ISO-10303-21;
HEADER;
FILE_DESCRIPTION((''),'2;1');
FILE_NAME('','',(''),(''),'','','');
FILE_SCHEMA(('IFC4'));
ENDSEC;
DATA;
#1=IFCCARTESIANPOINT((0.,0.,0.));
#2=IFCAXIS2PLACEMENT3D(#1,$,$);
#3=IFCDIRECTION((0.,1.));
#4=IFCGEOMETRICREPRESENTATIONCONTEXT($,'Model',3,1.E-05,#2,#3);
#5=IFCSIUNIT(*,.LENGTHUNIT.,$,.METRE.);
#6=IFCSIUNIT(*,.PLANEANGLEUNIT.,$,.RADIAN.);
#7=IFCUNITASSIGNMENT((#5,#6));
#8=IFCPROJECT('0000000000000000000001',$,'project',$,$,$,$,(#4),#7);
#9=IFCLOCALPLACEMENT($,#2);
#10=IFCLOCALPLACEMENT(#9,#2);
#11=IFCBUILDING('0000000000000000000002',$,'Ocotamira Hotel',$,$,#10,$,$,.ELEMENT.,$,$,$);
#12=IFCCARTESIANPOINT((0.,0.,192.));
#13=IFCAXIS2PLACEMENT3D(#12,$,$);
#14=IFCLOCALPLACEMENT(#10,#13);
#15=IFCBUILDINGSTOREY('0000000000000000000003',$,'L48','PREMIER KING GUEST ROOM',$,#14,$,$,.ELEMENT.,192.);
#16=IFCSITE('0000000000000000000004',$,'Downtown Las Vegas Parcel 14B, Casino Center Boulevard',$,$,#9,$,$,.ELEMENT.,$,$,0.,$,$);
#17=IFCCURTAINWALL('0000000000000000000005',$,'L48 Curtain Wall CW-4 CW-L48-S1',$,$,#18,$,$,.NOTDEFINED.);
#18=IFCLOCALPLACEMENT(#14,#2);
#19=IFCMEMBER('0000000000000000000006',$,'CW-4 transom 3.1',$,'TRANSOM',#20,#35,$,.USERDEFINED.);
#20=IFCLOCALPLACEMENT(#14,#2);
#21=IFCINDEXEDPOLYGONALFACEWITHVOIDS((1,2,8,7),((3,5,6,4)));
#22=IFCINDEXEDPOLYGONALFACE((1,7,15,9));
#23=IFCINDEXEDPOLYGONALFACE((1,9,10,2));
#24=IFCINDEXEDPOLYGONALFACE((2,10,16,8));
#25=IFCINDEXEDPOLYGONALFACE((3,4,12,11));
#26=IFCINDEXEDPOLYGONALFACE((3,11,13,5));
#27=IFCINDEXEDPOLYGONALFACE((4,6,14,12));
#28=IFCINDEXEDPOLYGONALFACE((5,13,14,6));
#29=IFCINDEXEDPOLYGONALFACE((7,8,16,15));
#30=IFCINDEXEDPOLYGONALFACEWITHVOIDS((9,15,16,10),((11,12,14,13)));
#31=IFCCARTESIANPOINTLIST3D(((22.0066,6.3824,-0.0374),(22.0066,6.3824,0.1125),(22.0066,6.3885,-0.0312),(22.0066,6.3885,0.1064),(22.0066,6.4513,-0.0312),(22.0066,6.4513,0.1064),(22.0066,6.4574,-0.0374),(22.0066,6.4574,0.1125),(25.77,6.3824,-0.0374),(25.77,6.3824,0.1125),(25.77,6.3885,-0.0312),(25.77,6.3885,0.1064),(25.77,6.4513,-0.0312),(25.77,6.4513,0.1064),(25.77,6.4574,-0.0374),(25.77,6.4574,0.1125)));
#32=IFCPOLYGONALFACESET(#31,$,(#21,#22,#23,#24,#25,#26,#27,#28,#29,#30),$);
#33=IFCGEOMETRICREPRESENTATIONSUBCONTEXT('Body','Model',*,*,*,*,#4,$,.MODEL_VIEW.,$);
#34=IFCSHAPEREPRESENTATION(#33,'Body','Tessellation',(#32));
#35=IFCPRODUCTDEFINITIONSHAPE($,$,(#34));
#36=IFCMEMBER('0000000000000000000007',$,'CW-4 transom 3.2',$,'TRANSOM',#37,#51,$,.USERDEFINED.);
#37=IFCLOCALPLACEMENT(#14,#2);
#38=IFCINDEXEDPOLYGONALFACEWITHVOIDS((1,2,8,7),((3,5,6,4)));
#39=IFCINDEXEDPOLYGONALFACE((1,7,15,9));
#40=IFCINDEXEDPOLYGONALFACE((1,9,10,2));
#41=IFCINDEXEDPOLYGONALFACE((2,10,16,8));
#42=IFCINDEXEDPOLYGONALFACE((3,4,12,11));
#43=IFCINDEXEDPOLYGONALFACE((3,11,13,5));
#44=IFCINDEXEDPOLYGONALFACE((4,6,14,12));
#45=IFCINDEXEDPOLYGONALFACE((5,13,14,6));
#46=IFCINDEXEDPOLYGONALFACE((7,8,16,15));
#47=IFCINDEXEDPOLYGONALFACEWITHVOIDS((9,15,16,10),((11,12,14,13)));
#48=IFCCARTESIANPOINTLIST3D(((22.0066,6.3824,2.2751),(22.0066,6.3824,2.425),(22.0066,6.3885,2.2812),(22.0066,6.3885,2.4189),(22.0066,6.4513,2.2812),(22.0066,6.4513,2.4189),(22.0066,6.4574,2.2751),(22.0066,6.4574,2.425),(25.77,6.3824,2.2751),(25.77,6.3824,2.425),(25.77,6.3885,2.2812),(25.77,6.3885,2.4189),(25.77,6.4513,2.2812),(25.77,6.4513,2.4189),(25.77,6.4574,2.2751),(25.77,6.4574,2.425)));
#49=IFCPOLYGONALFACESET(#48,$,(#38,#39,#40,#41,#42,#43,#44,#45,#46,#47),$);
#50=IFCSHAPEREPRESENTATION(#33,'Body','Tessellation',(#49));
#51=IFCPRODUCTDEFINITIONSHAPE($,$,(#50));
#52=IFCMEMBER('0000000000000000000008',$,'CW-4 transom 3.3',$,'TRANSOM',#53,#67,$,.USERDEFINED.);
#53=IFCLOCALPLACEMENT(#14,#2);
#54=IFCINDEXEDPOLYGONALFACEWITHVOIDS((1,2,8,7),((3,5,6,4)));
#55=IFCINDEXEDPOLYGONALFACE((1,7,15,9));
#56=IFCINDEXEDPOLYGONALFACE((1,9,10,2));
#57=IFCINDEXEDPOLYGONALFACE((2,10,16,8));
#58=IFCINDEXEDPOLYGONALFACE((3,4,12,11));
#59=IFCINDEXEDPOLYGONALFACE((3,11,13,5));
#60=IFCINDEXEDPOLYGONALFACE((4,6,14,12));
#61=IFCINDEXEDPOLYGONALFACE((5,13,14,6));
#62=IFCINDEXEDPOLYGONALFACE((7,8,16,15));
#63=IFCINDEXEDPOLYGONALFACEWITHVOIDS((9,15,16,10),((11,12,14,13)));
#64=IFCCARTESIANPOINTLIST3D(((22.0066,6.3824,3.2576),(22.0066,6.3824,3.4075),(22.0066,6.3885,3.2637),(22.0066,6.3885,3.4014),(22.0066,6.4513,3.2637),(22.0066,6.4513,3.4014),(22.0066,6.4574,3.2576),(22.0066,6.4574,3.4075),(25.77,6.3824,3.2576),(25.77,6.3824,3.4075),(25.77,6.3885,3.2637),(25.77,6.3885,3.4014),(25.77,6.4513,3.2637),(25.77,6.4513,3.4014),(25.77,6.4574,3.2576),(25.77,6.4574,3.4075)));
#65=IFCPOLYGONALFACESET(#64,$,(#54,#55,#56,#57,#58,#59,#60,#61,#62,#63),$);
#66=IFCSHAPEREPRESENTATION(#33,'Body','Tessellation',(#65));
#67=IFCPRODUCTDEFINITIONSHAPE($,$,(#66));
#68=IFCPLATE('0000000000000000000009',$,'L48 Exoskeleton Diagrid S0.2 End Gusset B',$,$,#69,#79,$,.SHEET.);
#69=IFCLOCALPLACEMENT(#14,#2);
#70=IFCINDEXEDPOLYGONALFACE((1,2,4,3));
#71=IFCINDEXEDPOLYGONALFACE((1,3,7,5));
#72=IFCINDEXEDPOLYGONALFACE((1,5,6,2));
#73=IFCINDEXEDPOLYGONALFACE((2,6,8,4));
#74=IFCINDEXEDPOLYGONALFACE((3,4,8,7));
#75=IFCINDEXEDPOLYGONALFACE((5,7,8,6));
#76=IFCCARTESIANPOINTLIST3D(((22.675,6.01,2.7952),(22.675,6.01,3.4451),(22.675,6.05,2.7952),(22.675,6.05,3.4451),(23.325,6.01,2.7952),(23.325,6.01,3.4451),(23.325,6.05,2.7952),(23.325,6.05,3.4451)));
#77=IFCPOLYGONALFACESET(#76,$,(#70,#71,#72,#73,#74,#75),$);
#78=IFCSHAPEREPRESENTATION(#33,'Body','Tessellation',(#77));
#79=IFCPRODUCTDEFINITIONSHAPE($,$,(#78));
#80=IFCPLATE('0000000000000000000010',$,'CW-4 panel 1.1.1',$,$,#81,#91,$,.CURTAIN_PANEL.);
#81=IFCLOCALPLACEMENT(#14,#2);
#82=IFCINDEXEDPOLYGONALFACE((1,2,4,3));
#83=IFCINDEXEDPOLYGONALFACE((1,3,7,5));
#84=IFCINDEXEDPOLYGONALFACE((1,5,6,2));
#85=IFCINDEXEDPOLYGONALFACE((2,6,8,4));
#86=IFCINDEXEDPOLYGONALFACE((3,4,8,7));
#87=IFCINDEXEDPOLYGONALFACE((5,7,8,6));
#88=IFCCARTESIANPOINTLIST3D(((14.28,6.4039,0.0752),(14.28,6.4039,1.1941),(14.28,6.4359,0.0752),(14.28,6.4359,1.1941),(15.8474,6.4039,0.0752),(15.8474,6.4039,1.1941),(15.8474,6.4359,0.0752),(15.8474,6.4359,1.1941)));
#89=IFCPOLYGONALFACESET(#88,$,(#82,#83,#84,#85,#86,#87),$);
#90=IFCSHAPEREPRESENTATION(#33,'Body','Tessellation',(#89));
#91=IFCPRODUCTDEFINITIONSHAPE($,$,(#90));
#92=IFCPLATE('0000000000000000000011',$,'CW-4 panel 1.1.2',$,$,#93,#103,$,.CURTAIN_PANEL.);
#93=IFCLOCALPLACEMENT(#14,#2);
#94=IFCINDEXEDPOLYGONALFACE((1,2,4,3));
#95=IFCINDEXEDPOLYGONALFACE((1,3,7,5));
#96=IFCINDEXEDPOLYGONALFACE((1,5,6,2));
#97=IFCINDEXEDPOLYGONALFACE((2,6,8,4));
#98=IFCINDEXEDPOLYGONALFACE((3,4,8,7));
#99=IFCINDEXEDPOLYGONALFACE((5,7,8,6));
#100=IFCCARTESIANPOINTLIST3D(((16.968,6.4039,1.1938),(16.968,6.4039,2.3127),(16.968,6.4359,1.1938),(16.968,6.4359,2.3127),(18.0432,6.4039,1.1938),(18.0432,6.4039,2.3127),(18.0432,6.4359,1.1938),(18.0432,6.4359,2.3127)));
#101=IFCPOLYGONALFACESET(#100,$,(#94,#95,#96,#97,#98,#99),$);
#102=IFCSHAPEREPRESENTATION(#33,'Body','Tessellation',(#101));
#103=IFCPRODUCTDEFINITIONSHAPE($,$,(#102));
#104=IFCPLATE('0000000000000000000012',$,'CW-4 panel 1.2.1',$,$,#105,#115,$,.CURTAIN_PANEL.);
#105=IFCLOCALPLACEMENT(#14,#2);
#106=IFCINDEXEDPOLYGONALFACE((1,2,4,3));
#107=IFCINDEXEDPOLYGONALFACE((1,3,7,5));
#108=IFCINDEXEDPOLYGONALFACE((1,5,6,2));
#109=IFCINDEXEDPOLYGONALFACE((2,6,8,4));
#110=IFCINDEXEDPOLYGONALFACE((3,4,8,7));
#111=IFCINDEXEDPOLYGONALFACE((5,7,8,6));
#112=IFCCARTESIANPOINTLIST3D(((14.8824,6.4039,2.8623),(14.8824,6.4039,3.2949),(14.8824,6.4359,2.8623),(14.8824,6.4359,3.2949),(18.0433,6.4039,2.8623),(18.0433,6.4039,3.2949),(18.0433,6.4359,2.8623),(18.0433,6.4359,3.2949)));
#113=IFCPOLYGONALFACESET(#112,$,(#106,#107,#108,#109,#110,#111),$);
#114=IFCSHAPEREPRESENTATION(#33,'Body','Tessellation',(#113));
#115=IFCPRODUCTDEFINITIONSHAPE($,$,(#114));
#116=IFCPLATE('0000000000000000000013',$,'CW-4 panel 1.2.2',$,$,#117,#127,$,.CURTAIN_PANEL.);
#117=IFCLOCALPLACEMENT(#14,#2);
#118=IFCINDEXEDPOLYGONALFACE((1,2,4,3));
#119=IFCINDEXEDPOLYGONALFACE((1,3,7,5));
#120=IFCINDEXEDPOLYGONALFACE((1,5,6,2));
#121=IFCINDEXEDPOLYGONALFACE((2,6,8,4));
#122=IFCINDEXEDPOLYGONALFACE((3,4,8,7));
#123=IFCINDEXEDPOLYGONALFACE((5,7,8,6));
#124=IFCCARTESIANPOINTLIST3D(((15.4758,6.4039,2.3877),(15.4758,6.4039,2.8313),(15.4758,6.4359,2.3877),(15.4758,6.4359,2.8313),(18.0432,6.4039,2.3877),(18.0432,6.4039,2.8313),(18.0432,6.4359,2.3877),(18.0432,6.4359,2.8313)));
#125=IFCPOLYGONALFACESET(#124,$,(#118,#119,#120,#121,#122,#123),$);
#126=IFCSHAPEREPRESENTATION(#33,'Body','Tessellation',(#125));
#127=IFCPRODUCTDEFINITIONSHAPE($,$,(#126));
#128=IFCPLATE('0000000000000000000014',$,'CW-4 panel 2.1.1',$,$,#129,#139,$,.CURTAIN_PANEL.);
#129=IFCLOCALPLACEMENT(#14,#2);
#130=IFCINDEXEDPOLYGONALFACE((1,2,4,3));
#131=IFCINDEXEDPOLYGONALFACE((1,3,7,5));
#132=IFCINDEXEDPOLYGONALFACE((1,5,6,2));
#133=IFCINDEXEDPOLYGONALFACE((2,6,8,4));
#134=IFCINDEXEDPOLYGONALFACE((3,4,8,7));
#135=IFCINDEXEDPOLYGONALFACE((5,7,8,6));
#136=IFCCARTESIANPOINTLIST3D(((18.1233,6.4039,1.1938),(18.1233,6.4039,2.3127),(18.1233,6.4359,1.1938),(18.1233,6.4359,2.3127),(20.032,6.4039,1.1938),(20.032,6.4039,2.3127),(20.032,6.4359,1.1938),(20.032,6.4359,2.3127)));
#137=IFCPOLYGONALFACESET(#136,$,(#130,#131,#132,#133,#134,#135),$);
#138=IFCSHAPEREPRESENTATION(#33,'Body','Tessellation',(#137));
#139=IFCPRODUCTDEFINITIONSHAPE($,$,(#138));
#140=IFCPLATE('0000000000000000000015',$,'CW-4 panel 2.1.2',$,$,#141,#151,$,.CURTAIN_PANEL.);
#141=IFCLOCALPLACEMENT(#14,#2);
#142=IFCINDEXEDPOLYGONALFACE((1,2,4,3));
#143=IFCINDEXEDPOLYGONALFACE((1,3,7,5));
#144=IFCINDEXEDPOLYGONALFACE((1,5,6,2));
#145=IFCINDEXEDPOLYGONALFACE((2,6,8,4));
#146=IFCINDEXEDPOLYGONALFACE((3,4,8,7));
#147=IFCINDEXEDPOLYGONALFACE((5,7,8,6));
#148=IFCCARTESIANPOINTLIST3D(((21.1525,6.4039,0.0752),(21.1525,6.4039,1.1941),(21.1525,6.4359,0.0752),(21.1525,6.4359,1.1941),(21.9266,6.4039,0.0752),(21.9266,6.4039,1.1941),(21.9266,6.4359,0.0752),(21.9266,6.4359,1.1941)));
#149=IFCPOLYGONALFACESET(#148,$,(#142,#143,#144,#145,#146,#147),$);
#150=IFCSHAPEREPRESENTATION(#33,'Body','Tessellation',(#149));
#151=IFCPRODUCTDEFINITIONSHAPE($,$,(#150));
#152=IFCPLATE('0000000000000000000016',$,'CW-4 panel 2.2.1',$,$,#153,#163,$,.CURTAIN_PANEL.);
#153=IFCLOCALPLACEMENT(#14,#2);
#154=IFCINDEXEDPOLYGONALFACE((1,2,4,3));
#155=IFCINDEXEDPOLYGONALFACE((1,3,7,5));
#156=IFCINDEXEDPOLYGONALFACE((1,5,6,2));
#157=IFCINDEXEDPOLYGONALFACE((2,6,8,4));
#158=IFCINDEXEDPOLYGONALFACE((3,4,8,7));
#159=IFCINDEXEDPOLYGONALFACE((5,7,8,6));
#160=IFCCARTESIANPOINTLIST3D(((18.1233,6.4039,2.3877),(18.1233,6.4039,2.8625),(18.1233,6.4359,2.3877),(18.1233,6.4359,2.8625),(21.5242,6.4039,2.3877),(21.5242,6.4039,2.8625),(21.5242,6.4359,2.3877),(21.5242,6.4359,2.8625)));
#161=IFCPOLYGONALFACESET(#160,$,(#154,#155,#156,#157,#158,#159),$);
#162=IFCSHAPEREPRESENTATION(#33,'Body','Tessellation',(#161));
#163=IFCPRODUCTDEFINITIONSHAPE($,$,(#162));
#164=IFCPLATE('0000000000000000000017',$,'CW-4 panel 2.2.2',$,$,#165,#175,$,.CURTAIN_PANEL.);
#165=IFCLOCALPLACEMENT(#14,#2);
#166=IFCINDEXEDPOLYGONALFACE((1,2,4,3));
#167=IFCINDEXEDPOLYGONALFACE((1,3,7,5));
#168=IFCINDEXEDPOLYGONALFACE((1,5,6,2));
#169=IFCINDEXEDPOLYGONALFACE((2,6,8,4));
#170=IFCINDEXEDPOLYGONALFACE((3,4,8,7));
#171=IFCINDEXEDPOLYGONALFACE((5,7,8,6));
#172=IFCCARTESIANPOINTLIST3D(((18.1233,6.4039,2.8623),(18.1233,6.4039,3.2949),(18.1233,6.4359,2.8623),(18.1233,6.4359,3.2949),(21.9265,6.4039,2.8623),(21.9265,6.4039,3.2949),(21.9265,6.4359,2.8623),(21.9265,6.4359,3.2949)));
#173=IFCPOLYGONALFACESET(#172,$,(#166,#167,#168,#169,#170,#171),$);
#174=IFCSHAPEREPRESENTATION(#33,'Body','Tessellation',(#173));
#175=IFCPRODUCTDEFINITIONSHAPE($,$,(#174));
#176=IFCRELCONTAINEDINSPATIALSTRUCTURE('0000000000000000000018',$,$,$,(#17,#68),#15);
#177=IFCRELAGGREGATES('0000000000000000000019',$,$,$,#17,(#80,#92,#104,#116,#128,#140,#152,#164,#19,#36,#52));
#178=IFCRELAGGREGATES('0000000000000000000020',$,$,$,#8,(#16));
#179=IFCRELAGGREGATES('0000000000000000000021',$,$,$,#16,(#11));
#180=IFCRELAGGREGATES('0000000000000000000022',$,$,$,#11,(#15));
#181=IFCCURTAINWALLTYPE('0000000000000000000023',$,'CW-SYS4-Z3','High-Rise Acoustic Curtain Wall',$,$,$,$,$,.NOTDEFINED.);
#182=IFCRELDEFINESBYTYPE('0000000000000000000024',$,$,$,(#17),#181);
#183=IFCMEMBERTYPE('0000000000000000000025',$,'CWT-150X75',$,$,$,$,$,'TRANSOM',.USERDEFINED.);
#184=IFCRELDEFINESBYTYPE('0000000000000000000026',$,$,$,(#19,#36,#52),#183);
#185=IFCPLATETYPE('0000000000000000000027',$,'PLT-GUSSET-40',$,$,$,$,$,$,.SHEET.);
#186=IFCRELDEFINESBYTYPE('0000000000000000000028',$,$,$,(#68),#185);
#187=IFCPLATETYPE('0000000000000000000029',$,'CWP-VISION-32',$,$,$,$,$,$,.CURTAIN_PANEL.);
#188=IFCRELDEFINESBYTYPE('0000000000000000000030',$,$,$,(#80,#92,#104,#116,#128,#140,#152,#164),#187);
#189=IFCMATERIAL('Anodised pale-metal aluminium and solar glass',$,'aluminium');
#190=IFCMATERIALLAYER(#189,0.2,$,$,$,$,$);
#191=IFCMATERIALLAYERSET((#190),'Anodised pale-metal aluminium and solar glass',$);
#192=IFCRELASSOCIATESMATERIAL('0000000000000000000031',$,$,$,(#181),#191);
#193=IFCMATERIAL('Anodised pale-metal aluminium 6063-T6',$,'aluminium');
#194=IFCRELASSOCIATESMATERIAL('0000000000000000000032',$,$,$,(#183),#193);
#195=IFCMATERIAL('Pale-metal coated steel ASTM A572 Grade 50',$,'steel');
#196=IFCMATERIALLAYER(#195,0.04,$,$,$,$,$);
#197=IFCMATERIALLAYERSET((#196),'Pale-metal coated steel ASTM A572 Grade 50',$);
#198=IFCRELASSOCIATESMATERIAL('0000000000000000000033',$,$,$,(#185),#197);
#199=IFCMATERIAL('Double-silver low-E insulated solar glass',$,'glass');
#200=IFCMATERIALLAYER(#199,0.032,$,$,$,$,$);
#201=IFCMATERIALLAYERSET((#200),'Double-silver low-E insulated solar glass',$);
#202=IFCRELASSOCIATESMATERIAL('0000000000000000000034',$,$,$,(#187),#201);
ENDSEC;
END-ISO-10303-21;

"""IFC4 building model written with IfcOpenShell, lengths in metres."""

from ifc_helpers import new_model, si_unit, direction, frame, origin, origin_2d, place, context, subcontext, project, spatial, rectangle, hollow_rectangle, extrude, source, transform, mapped, material, layer, layer_set, material_profile, profile_set, type_object, element, aggregate, save


model = new_model("IFC4")

# Units and contexts
model_context = context("Model", 3, precision=1e-05, world=origin(), true_north=direction((0.0, 1.0)))
body_context = subcontext(model_context, "Body", "Model", "MODEL_VIEW")
ifc_project = project(units=[si_unit("LENGTHUNIT", "METRE"), si_unit("PLANEANGLEUNIT", "RADIAN")], contexts=[model_context])

# Site, building, storey
site_placement = place(None, origin())
site = spatial("IfcSite", under=ifc_project, at=site_placement, Name="Downtown Las Vegas Parcel 14B, Casino Center Boulevard", CompositionType="ELEMENT", RefElevation=0.0)
building_placement = place(site_placement, origin())
building = spatial("IfcBuilding", under=site, at=building_placement, Name="Ocotamira Hotel", CompositionType="ELEMENT")
storey_placement = place(building_placement, frame((0.0, 0.0, 192.0)))
storey = spatial("IfcBuildingStorey", under=building, at=storey_placement, Name="L48", Description="PREMIER KING GUEST ROOM", CompositionType="ELEMENT", Elevation=192.0)

# Curtain wall, members
ifc_material_1 = material(Name="Anodised pale-metal aluminium and solar glass", Category="aluminium")
ifc_layer_1 = layer(ifc_material_1, 0.2)
ifc_layer_set_1 = layer_set([ifc_layer_1], Name="Anodised pale-metal aluminium and solar glass")
curtain_wall_type = type_object("IfcCurtainWallType", Name="CW-SYS4-Z3", Description="High-Rise Acoustic Curtain Wall", PredefinedType="NOTDEFINED", material=ifc_layer_set_1)
curtain_wall_placement = place(storey_placement, origin())
curtain_wall = element("IfcCurtainWall", 1, at=curtain_wall_placement, inside=storey, type_object=curtain_wall_type, Name="L48 Curtain Wall CW-4 CW-L48-S1", PredefinedType="NOTDEFINED")
ifc_material_2 = material(Name="Anodised pale-metal aluminium 6063-T6", Category="aluminium")
ifc_material_profile_1 = material_profile(ifc_material_2, hollow_rectangle(XDim=0.075, YDim=0.1499, WallThickness=0.0061, at=origin_2d()), Name="HSS150X75X6")
ifc_profile_set_1 = profile_set([ifc_material_profile_1], Name="Anodised pale-metal aluminium 6063-T6")
member_type_1 = type_object("IfcMemberType", Name="CWT-150X75", ElementType="TRANSOM", PredefinedType="USERDEFINED", material=ifc_profile_set_1)
shared_shape_1 = source(origin(), body_context, "Body", "SweptSolid", [
    extrude(hollow_rectangle(XDim=0.075, YDim=0.1499, WallThickness=0.0061, at=origin_2d()), origin(), (0.0, 0.0, 1.0), 3.7634),
])
member_1_placement = place(storey_placement, frame((22.0066, 6.4199, 0.0376), z_axis=(1.0, 0.0, 0.0), x_axis=(0.0, 1.0, 0.0)))
member_1 = element("IfcMember", 2, at=member_1_placement, type_object=member_type_1, Name="CW-4 transom 3.1", ObjectType="TRANSOM", PredefinedType="USERDEFINED", context=body_context, shape_type="MappedRepresentation", body=[
    mapped(shared_shape_1, transform((0.0, 0.0, 0.0), scale=1.0)),
])
member_2_placement = place(storey_placement, frame((22.0066, 6.4199, 2.3501), z_axis=(1.0, 0.0, 0.0), x_axis=(0.0, 1.0, 0.0)))
member_2 = element("IfcMember", 3, at=member_2_placement, type_object=member_type_1, Name="CW-4 transom 3.2", ObjectType="TRANSOM", PredefinedType="USERDEFINED", context=body_context, shape_type="MappedRepresentation", body=[
    mapped(shared_shape_1, transform((0.0, 0.0, 0.0), scale=1.0)),
])
member_3_placement = place(storey_placement, frame((22.0066, 6.4199, 3.3325), z_axis=(1.0, 0.0, 0.0), x_axis=(0.0, 1.0, 0.0)))
member_3 = element("IfcMember", 4, at=member_3_placement, type_object=member_type_1, Name="CW-4 transom 3.3", ObjectType="TRANSOM", PredefinedType="USERDEFINED", context=body_context, shape_type="MappedRepresentation", body=[
    mapped(shared_shape_1, transform((0.0, 0.0, 0.0), scale=1.0)),
])

# Plates
ifc_material_3 = material(Name="Pale-metal coated steel ASTM A572 Grade 50", Category="steel")
ifc_layer_2 = layer(ifc_material_3, 0.04)
ifc_layer_set_2 = layer_set([ifc_layer_2], Name="Pale-metal coated steel ASTM A572 Grade 50")
plate_type_1 = type_object("IfcPlateType", Name="PLT-GUSSET-40", PredefinedType="SHEET", material=ifc_layer_set_2)
shared_shape_2 = source(origin(), body_context, "Body", "SweptSolid", [
    extrude(rectangle(XDim=0.6499, YDim=0.04, at=origin_2d()), origin(), (0.0, 0.0, 1.0), 0.6499),
])
plate_1_placement = place(storey_placement, frame((23.0, 6.03, 2.7952), z_axis=(0.0, 0.0, 1.0), x_axis=(1.0, 0.0, 0.0)))
element("IfcPlate", 5, at=plate_1_placement, inside=storey, type_object=plate_type_1, Name="L48 Exoskeleton Diagrid S0.2 End Gusset B", PredefinedType="SHEET", context=body_context, shape_type="MappedRepresentation", body=[
    mapped(shared_shape_2, transform((0.0, 0.0, 0.0), scale=1.0)),
])
ifc_material_4 = material(Name="Double-silver low-E insulated solar glass", Category="glass")
ifc_layer_3 = layer(ifc_material_4, 0.032)
ifc_layer_set_3 = layer_set([ifc_layer_3], Name="Double-silver low-E insulated solar glass")
plate_type_2 = type_object("IfcPlateType", Name="CWP-VISION-32", PredefinedType="CURTAIN_PANEL", material=ifc_layer_set_3)
shared_shape_3 = source(origin(), body_context, "Body", "SweptSolid", [
    extrude(rectangle(XDim=1.5674, YDim=0.032, at=origin_2d()), origin(), (0.0, 0.0, 1.0), 1.1189),
])
plate_2_placement = place(storey_placement, frame((15.0637, 6.4199, 0.0752), z_axis=(0.0, 0.0, 1.0), x_axis=(1.0, 0.0, 0.0)))
plate_2 = element("IfcPlate", 6, at=plate_2_placement, type_object=plate_type_2, Name="CW-4 panel 1.1.1", PredefinedType="CURTAIN_PANEL", context=body_context, shape_type="MappedRepresentation", body=[
    mapped(shared_shape_3, transform((0.0, 0.0, 0.0), scale=1.0)),
])
shared_shape_4 = source(origin(), body_context, "Body", "SweptSolid", [
    extrude(rectangle(XDim=1.0752, YDim=0.032, at=origin_2d()), origin(), (0.0, 0.0, 1.0), 1.1189),
])
plate_3_placement = place(storey_placement, frame((17.5056, 6.4199, 1.1938), z_axis=(0.0, 0.0, 1.0), x_axis=(1.0, 0.0, 0.0)))
plate_3 = element("IfcPlate", 7, at=plate_3_placement, type_object=plate_type_2, Name="CW-4 panel 1.1.2", PredefinedType="CURTAIN_PANEL", context=body_context, shape_type="MappedRepresentation", body=[
    mapped(shared_shape_4, transform((0.0, 0.0, 0.0), scale=1.0)),
])
shared_shape_5 = source(origin(), body_context, "Body", "SweptSolid", [
    extrude(rectangle(XDim=3.1609, YDim=0.032, at=origin_2d()), origin(), (0.0, 0.0, 1.0), 0.4326),
])
plate_4_placement = place(storey_placement, frame((16.4629, 6.4199, 2.8623), z_axis=(0.0, 0.0, 1.0), x_axis=(1.0, 0.0, 0.0)))
plate_4 = element("IfcPlate", 8, at=plate_4_placement, type_object=plate_type_2, Name="CW-4 panel 1.2.1", PredefinedType="CURTAIN_PANEL", context=body_context, shape_type="MappedRepresentation", body=[
    mapped(shared_shape_5, transform((0.0, 0.0, 0.0), scale=1.0)),
])
shared_shape_6 = source(origin(), body_context, "Body", "SweptSolid", [
    extrude(rectangle(XDim=2.5674, YDim=0.032, at=origin_2d()), origin(), (0.0, 0.0, 1.0), 0.4436),
])
plate_5_placement = place(storey_placement, frame((16.7595, 6.4199, 2.3877), z_axis=(0.0, 0.0, 1.0), x_axis=(1.0, 0.0, 0.0)))
plate_5 = element("IfcPlate", 9, at=plate_5_placement, type_object=plate_type_2, Name="CW-4 panel 1.2.2", PredefinedType="CURTAIN_PANEL", context=body_context, shape_type="MappedRepresentation", body=[
    mapped(shared_shape_6, transform((0.0, 0.0, 0.0), scale=1.0)),
])
shared_shape_7 = source(origin(), body_context, "Body", "SweptSolid", [
    extrude(rectangle(XDim=1.9087, YDim=0.032, at=origin_2d()), origin(), (0.0, 0.0, 1.0), 1.1189),
])
plate_6_placement = place(storey_placement, frame((19.0776, 6.4199, 1.1938), z_axis=(0.0, 0.0, 1.0), x_axis=(1.0, 0.0, 0.0)))
plate_6 = element("IfcPlate", 10, at=plate_6_placement, type_object=plate_type_2, Name="CW-4 panel 2.1.1", PredefinedType="CURTAIN_PANEL", context=body_context, shape_type="MappedRepresentation", body=[
    mapped(shared_shape_7, transform((0.0, 0.0, 0.0), scale=1.0)),
])
shared_shape_8 = source(origin(), body_context, "Body", "SweptSolid", [
    extrude(rectangle(XDim=0.7742, YDim=0.032, at=origin_2d()), origin(), (0.0, 0.0, 1.0), 1.1189),
])
plate_7_placement = place(storey_placement, frame((21.5396, 6.4199, 0.0752), z_axis=(0.0, 0.0, 1.0), x_axis=(1.0, 0.0, 0.0)))
plate_7 = element("IfcPlate", 11, at=plate_7_placement, type_object=plate_type_2, Name="CW-4 panel 2.1.2", PredefinedType="CURTAIN_PANEL", context=body_context, shape_type="MappedRepresentation", body=[
    mapped(shared_shape_8, transform((0.0, 0.0, 0.0), scale=1.0)),
])
shared_shape_9 = source(origin(), body_context, "Body", "SweptSolid", [
    extrude(rectangle(XDim=3.4009, YDim=0.032, at=origin_2d()), origin(), (0.0, 0.0, 1.0), 0.4749),
])
plate_8_placement = place(storey_placement, frame((19.8237, 6.4199, 2.3877), z_axis=(0.0, 0.0, 1.0), x_axis=(1.0, 0.0, 0.0)))
plate_8 = element("IfcPlate", 12, at=plate_8_placement, type_object=plate_type_2, Name="CW-4 panel 2.2.1", PredefinedType="CURTAIN_PANEL", context=body_context, shape_type="MappedRepresentation", body=[
    mapped(shared_shape_9, transform((0.0, 0.0, 0.0), scale=1.0)),
])
shared_shape_10 = source(origin(), body_context, "Body", "SweptSolid", [
    extrude(rectangle(XDim=3.8032, YDim=0.032, at=origin_2d()), origin(), (0.0, 0.0, 1.0), 0.4326),
])
plate_9_placement = place(storey_placement, frame((20.0249, 6.4199, 2.8623), z_axis=(0.0, 0.0, 1.0), x_axis=(1.0, 0.0, 0.0)))
plate_9 = element("IfcPlate", 13, at=plate_9_placement, type_object=plate_type_2, Name="CW-4 panel 2.2.2", PredefinedType="CURTAIN_PANEL", context=body_context, shape_type="MappedRepresentation", body=[
    mapped(shared_shape_10, transform((0.0, 0.0, 0.0), scale=1.0)),
])
aggregate(curtain_wall, [plate_2, plate_3, plate_4, plate_5, plate_6, plate_7, plate_8, plate_9, member_1, member_2, member_3])

save(model, "model.ifc")
